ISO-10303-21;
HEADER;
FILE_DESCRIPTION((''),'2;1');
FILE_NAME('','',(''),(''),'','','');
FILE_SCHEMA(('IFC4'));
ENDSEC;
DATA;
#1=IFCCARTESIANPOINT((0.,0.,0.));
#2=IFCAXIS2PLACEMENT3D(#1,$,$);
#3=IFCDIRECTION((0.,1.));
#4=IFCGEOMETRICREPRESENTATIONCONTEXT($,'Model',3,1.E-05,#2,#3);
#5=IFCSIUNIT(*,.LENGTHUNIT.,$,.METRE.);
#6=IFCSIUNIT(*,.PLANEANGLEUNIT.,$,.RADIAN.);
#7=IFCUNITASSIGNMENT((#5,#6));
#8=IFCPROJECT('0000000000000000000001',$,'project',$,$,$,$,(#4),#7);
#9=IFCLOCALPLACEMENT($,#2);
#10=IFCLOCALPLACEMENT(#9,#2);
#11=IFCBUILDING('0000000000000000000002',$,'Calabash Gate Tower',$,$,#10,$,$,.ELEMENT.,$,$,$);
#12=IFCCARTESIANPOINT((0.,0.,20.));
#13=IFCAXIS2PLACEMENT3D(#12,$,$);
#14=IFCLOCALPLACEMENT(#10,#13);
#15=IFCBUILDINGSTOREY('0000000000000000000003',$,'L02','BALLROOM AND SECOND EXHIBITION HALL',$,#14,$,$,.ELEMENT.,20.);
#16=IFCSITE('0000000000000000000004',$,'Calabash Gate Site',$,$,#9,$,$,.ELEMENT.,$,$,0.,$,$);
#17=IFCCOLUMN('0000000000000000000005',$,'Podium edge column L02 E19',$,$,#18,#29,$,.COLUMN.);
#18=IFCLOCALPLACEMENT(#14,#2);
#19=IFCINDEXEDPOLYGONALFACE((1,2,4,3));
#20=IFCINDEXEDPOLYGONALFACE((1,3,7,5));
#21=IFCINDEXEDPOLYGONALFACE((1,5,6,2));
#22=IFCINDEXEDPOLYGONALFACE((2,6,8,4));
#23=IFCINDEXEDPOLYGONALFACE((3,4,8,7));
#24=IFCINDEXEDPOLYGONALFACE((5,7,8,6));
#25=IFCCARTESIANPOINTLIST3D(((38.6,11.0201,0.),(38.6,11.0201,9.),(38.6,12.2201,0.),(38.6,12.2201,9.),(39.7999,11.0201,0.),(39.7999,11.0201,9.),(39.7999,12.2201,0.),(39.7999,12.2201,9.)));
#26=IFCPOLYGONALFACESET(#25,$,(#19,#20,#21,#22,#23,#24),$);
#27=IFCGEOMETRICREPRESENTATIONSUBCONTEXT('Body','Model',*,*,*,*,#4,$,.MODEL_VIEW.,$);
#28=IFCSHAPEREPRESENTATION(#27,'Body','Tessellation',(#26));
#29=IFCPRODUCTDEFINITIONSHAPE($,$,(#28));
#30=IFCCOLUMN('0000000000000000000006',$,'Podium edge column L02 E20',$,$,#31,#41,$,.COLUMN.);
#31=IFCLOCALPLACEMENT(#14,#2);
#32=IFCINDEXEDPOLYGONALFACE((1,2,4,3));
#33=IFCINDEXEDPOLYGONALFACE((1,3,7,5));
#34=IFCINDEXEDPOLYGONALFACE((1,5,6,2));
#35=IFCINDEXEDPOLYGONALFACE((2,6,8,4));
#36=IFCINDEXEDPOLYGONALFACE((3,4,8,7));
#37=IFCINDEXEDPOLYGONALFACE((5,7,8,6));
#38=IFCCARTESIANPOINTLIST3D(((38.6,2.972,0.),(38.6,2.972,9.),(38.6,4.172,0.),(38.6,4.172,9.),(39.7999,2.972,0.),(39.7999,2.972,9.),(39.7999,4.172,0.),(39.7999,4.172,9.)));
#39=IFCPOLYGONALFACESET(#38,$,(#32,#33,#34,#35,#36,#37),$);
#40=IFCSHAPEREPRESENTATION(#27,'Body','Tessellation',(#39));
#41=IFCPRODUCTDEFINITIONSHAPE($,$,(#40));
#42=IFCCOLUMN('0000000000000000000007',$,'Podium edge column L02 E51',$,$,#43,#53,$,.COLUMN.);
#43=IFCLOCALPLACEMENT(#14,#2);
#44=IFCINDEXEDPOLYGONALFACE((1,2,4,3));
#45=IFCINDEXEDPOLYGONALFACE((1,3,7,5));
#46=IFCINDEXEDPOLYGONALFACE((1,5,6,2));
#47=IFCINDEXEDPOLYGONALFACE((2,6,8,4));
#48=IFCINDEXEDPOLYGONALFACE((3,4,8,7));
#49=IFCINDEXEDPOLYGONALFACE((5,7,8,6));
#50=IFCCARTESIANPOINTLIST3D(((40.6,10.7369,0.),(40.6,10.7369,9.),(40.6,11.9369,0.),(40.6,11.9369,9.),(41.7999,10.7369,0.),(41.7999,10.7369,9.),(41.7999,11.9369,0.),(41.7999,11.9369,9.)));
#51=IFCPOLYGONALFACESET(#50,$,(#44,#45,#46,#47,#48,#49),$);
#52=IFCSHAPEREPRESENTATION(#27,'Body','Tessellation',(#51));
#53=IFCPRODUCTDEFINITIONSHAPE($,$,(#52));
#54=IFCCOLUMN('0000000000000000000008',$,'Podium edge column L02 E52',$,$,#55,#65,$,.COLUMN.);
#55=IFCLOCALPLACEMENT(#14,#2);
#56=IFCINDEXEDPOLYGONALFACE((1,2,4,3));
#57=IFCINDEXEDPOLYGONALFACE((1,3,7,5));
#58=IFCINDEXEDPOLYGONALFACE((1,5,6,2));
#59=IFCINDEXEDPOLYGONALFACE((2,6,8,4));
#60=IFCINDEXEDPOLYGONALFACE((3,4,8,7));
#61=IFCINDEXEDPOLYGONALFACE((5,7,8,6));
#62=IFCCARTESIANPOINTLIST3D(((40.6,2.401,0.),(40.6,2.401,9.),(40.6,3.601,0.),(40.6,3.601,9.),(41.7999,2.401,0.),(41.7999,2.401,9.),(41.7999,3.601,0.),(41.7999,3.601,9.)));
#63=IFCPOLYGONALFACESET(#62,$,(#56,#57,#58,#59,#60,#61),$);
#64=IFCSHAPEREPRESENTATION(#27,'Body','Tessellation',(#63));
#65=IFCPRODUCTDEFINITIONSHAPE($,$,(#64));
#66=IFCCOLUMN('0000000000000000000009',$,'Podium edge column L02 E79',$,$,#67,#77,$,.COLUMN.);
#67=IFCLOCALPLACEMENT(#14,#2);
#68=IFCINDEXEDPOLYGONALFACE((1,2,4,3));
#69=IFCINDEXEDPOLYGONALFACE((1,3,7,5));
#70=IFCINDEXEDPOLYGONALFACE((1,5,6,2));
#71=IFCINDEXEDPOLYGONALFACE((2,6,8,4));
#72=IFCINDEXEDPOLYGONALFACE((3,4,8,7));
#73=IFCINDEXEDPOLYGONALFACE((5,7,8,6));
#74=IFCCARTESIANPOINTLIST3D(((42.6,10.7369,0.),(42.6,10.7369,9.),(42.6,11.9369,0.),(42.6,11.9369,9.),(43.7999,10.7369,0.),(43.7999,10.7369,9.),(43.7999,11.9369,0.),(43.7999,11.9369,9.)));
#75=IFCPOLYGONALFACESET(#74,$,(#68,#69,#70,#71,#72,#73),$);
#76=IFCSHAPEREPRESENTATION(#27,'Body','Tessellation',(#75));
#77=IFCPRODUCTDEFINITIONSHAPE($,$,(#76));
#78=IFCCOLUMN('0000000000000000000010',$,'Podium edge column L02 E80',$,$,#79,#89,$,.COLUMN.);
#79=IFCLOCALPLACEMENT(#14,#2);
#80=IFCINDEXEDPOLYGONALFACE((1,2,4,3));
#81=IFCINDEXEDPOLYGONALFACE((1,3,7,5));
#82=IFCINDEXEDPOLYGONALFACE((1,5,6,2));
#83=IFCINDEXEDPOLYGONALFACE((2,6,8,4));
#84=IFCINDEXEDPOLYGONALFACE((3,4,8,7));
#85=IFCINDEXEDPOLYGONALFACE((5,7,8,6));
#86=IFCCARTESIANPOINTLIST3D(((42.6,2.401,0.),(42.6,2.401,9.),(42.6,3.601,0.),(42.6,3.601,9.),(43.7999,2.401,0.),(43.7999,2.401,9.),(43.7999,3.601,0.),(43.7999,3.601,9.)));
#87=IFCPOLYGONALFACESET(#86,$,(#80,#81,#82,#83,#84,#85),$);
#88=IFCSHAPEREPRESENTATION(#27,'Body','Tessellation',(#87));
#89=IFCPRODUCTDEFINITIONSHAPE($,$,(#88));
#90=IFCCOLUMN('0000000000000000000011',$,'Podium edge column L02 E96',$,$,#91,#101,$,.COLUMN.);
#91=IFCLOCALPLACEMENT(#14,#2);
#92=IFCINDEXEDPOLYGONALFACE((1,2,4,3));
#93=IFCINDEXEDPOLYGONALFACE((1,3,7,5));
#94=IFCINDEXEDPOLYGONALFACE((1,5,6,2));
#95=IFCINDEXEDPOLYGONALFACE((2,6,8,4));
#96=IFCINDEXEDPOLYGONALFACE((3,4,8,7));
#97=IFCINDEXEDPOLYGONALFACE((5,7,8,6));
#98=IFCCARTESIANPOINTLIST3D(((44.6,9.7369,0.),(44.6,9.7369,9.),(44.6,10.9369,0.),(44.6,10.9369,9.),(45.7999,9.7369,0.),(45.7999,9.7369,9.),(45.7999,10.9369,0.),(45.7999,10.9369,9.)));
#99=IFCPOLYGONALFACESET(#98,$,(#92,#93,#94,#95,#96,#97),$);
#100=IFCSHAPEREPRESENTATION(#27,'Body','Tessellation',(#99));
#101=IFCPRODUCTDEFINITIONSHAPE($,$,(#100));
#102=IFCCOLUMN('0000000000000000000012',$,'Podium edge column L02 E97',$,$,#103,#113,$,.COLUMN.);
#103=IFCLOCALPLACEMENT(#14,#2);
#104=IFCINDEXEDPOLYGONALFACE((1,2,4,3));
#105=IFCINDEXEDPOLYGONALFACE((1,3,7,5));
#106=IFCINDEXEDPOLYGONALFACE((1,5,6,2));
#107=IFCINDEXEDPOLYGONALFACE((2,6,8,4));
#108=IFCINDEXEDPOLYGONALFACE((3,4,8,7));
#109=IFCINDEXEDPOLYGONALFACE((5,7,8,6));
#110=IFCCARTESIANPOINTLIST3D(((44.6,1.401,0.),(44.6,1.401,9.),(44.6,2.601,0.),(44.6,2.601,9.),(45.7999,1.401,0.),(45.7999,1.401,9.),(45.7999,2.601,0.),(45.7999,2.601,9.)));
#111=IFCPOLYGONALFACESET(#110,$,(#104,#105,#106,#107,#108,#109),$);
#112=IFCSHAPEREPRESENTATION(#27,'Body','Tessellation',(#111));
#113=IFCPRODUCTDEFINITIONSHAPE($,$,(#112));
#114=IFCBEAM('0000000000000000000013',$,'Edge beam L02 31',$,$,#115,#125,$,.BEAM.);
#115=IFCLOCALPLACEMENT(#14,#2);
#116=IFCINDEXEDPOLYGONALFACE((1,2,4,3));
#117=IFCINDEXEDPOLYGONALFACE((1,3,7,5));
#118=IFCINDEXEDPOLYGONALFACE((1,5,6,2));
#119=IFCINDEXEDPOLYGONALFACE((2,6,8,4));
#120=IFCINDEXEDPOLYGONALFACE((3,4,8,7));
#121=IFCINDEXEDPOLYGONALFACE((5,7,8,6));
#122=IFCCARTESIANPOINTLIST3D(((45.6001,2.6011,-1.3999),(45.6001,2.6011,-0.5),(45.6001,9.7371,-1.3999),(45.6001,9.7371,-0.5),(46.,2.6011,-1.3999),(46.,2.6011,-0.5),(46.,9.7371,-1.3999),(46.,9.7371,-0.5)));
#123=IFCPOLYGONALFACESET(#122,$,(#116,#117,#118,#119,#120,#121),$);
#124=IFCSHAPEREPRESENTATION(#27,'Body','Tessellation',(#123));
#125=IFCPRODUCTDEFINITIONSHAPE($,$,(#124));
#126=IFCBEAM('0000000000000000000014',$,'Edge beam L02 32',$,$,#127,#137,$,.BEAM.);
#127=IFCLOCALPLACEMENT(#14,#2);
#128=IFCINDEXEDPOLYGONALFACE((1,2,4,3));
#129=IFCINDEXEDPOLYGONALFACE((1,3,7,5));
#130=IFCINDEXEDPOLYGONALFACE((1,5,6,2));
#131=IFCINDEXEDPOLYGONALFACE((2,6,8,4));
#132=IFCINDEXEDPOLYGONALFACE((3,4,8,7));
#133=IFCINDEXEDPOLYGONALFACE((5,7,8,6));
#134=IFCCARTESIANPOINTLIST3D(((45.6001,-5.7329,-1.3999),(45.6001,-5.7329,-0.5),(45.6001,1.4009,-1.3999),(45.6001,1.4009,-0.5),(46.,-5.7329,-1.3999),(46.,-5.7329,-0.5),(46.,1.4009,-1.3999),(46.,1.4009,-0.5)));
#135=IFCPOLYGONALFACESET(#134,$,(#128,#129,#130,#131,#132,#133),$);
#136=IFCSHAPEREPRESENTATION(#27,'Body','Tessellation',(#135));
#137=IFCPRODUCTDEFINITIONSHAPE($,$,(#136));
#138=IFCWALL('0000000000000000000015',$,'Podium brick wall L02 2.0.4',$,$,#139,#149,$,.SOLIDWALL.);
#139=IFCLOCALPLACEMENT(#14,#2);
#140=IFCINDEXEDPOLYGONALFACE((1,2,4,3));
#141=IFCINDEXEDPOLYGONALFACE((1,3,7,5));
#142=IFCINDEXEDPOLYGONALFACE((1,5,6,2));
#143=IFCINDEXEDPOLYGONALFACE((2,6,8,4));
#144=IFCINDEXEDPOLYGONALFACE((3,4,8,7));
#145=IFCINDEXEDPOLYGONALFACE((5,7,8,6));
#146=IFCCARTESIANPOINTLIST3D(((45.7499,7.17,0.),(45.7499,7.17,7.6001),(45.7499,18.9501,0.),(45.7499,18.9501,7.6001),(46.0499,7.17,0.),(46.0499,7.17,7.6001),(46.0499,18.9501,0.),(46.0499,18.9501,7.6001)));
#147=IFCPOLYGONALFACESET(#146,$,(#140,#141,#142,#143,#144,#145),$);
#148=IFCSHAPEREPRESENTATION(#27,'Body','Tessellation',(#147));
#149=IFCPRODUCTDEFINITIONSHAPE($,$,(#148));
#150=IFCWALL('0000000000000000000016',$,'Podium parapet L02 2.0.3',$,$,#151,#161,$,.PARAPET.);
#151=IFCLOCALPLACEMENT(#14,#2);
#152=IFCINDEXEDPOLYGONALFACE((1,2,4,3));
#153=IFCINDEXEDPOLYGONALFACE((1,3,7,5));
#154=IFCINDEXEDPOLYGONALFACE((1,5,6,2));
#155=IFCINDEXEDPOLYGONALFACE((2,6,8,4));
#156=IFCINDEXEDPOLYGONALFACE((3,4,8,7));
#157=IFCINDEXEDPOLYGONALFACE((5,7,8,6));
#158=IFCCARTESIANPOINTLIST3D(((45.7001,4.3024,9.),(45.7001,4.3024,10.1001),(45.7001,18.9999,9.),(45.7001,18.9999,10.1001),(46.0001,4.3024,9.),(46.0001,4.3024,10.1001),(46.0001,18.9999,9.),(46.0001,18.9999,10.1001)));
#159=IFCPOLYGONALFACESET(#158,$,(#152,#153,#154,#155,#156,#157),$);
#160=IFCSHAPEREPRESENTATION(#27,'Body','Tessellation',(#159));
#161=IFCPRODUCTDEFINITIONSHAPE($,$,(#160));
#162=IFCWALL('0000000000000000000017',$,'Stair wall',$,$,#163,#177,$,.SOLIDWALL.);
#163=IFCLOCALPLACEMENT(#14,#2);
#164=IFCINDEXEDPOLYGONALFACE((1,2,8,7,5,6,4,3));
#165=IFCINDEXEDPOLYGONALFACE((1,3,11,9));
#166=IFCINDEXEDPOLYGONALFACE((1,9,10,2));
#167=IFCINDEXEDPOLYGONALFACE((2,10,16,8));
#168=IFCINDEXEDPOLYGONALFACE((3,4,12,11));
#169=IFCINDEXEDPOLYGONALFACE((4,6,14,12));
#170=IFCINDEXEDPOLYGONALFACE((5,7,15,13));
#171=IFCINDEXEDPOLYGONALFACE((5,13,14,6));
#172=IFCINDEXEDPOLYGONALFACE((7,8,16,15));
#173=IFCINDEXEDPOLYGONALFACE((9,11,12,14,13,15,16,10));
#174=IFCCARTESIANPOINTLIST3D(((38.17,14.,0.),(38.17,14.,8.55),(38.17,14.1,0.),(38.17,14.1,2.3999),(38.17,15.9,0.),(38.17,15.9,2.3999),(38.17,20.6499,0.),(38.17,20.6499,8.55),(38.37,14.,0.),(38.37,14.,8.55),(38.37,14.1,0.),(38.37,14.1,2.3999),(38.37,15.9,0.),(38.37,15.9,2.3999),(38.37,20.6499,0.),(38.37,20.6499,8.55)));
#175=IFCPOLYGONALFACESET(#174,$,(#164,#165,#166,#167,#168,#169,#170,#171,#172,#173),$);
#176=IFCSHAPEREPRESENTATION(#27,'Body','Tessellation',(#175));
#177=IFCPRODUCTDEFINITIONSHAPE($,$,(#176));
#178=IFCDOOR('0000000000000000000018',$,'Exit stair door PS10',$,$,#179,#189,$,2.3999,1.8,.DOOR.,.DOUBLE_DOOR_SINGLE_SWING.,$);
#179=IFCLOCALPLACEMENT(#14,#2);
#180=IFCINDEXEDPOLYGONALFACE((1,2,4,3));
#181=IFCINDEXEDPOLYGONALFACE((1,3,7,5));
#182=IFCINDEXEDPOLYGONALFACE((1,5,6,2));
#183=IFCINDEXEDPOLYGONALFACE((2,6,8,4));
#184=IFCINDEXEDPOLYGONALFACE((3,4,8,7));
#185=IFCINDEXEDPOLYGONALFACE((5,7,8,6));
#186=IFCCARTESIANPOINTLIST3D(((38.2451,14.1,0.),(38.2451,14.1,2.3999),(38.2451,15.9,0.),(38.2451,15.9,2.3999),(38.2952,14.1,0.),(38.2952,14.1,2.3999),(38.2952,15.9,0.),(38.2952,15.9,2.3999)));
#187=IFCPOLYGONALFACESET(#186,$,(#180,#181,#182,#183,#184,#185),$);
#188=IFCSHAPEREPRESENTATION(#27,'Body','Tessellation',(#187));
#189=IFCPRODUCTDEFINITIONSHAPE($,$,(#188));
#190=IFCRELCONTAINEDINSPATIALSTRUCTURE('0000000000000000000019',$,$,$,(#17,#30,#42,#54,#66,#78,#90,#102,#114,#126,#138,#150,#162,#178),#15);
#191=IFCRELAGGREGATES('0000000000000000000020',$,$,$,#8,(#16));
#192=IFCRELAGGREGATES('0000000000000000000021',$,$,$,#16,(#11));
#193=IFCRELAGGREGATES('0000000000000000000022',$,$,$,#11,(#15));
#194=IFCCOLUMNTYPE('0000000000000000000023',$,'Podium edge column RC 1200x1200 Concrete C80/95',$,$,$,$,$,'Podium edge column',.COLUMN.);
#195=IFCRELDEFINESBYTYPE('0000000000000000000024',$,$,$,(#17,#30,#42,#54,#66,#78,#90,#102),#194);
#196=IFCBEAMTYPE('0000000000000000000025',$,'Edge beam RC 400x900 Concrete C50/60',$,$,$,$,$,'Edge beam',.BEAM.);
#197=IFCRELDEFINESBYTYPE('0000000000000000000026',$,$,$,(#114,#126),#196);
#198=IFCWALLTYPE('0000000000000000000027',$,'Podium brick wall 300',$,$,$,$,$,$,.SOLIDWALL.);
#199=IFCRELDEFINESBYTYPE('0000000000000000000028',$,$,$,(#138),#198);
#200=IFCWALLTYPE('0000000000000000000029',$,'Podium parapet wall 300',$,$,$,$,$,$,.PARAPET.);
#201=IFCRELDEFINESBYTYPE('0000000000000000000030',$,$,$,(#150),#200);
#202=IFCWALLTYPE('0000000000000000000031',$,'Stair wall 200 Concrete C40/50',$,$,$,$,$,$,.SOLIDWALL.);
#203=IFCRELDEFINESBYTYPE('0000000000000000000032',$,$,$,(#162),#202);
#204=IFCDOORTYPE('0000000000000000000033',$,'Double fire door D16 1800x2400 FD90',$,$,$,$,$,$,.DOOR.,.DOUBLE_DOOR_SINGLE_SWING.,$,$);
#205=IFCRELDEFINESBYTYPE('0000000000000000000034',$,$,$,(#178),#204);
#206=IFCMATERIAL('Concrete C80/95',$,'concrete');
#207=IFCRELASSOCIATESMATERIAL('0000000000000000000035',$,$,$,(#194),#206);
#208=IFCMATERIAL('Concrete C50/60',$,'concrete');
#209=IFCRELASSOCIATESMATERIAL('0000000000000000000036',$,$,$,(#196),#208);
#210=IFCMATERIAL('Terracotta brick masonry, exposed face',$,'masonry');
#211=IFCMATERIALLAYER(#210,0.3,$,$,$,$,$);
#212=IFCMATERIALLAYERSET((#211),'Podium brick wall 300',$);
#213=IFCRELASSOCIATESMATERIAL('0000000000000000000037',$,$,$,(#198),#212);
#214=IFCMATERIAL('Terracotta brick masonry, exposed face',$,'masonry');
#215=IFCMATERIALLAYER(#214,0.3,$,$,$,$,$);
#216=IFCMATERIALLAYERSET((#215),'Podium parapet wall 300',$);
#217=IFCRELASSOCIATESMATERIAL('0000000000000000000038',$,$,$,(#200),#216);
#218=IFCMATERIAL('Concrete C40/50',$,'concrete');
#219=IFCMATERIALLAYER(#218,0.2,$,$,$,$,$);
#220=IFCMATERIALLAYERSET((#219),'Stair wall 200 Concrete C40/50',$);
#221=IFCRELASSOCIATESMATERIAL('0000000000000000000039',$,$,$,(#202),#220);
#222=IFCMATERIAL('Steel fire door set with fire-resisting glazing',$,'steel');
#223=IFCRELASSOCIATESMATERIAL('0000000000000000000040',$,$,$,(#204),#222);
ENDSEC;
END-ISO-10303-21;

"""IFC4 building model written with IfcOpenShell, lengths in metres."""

from ifc_helpers import new_model, si_unit, direction, frame, frame_2d, origin, origin_2d, place, context, subcontext, project, spatial, rectangle, extrude, material, layer, layer_set, material_profile, profile_set, type_object, element, fill, save


model = new_model("IFC4")

# Units and contexts
model_context = context("Model", 3, precision=1e-05, world=origin(), true_north=direction((0.0, 1.0)))
body_context = subcontext(model_context, "Body", "Model", "MODEL_VIEW")
ifc_project = project(units=[si_unit("LENGTHUNIT", "METRE"), si_unit("PLANEANGLEUNIT", "RADIAN")], contexts=[model_context])

# Site, building, storey
site_placement = place(None, origin())
site = spatial("IfcSite", under=ifc_project, at=site_placement, Name="Calabash Gate Site", CompositionType="ELEMENT", RefElevation=0.0)
building_placement = place(site_placement, origin())
building = spatial("IfcBuilding", under=site, at=building_placement, Name="Calabash Gate Tower", CompositionType="ELEMENT")
storey_placement = place(building_placement, frame((0.0, 0.0, 20.0)))
storey = spatial("IfcBuildingStorey", under=building, at=storey_placement, Name="L02", Description="BALLROOM AND SECOND EXHIBITION HALL", CompositionType="ELEMENT", Elevation=20.0)

# Columns
ifc_material_1 = material(Name="Concrete C80/95", Category="concrete")
ifc_material_profile_1 = material_profile(ifc_material_1, rectangle(XDim=1.2, YDim=1.2, at=origin_2d()))
ifc_profile_set_1 = profile_set([ifc_material_profile_1], Name="Concrete C80/95")
column_type = type_object("IfcColumnType", Name="Podium edge column RC 1200x1200 Concrete C80/95", ElementType="Podium edge column", PredefinedType="COLUMN", material=ifc_profile_set_1)
for number, where, z_axis, x_axis, name in (
    (1, (39.2, 11.6201, 0.0), (0.0, 0.0, 1.0), (1.0, 0.0, 0.0), "Podium edge column L02 E19"),
    (2, (39.2, 3.572, 0.0), (0.0, 0.0, 1.0), (1.0, 0.0, 0.0), "Podium edge column L02 E20"),
    (3, (41.2, 11.3369, 0.0), (0.0, 0.0, 1.0), (1.0, 0.0, 0.0), "Podium edge column L02 E51"),
    (4, (41.2, 3.001, 0.0), (0.0, 0.0, 1.0), (1.0, 0.0, 0.0), "Podium edge column L02 E52"),
    (5, (43.2, 11.3369, 0.0), (0.0, 0.0, 1.0), (1.0, 0.0, 0.0), "Podium edge column L02 E79"),
    (6, (43.2, 3.001, 0.0), (0.0, 0.0, 1.0), (1.0, 0.0, 0.0), "Podium edge column L02 E80"),
    (7, (45.2, 10.3369, 0.0), (0.0, 0.0, 1.0), (1.0, 0.0, 0.0), "Podium edge column L02 E96"),
    (8, (45.2, 2.001, 0.0), (0.0, 0.0, 1.0), (1.0, 0.0, 0.0), "Podium edge column L02 E97"),
):
    element("IfcColumn", number, at=place(storey_placement, frame(where, z_axis=z_axis, x_axis=x_axis)), inside=storey, type_object=column_type, Name=name, PredefinedType="COLUMN", context=body_context, shape_type="SweptSolid", body=[
        extrude(rectangle(XDim=1.2, YDim=1.2, at=origin_2d()), origin(), (0.0, 0.0, 1.0), 9.0),
    ])

# Beams
ifc_material_2 = material(Name="Concrete C50/60", Category="concrete")
ifc_material_profile_2 = material_profile(ifc_material_2, rectangle(XDim=0.3999, YDim=0.8999, at=origin_2d()))
ifc_profile_set_2 = profile_set([ifc_material_profile_2], Name="Concrete C50/60")
beam_type = type_object("IfcBeamType", Name="Edge beam RC 400x900 Concrete C50/60", ElementType="Edge beam", PredefinedType="BEAM", material=ifc_profile_set_2)
beam_1_placement = place(storey_placement, frame((45.8, 9.7371, -0.95), z_axis=(0.0, -1.0, 0.0), x_axis=(1.0, 0.0, 0.0)))
element("IfcBeam", 9, at=beam_1_placement, inside=storey, type_object=beam_type, Name="Edge beam L02 31", PredefinedType="BEAM", context=body_context, shape_type="SweptSolid", body=[
    extrude(rectangle(XDim=0.3999, YDim=0.8999, at=origin_2d()), origin(), (0.0, 0.0, 1.0), 7.136),
])
beam_2_placement = place(storey_placement, frame((45.8, 1.4009, -0.95), z_axis=(0.0, -1.0, 0.0), x_axis=(1.0, 0.0, 0.0)))
element("IfcBeam", 10, at=beam_2_placement, inside=storey, type_object=beam_type, Name="Edge beam L02 32", PredefinedType="BEAM", context=body_context, shape_type="SweptSolid", body=[
    extrude(rectangle(XDim=0.3999, YDim=0.8999, at=origin_2d()), origin(), (0.0, 0.0, 1.0), 7.1338),
])

# Walls
ifc_material_3 = material(Name="Terracotta brick masonry, exposed face", Category="masonry")
ifc_layer_1 = layer(ifc_material_3, 0.3)
ifc_layer_set_1 = layer_set([ifc_layer_1], Name="Podium brick wall 300")
wall_type_1 = type_object("IfcWallType", Name="Podium brick wall 300", PredefinedType="SOLIDWALL", material=ifc_layer_set_1)
wall_1_placement = place(storey_placement, frame((45.8999, 7.1699, 0.0), z_axis=(0.0, 0.0, 1.0), x_axis=(0.0, 1.0, 0.0)))
element("IfcWall", 11, at=wall_1_placement, inside=storey, type_object=wall_type_1, Name="Podium brick wall L02 2.0.4", PredefinedType="SOLIDWALL", context=body_context, shape_type="SweptSolid", body=[
    extrude(rectangle(XDim=11.78, YDim=0.3, at=frame_2d((5.8901, 0.0))), origin(), (0.0, 0.0, 1.0), 7.6001),
])
ifc_material_4 = material(Name="Terracotta brick masonry, exposed face", Category="masonry")
ifc_layer_2 = layer(ifc_material_4, 0.3)
ifc_layer_set_2 = layer_set([ifc_layer_2], Name="Podium parapet wall 300")
wall_type_2 = type_object("IfcWallType", Name="Podium parapet wall 300", PredefinedType="PARAPET", material=ifc_layer_set_2)
wall_2_placement = place(storey_placement, frame((45.8501, 4.3025, 9.0), z_axis=(0.0, 0.0, 1.0), x_axis=(0.0, 1.0, 0.0)))
element("IfcWall", 12, at=wall_2_placement, inside=storey, type_object=wall_type_2, Name="Podium parapet L02 2.0.3", PredefinedType="PARAPET", context=body_context, shape_type="SweptSolid", body=[
    extrude(rectangle(XDim=14.6975, YDim=0.3, at=frame_2d((7.3486, 0.0))), origin(), (0.0, 0.0, 1.0), 1.1001),
])

# Wall, opening, door
ifc_material_5 = material(Name="Concrete C40/50", Category="concrete")
ifc_layer_3 = layer(ifc_material_5, 0.2)
ifc_layer_set_3 = layer_set([ifc_layer_3], Name="Stair wall 200 Concrete C40/50")
wall_type_3 = type_object("IfcWallType", Name="Stair wall 200 Concrete C40/50", PredefinedType="SOLIDWALL", material=ifc_layer_set_3)
wall_3_placement = place(storey_placement, frame((38.27, 14.0, 0.0), z_axis=(0.0, 0.0, 1.0), x_axis=(0.0, 1.0, 0.0)))
wall_3 = element("IfcWall", 13, at=wall_3_placement, inside=storey, type_object=wall_type_3, Name="Stair wall", PredefinedType="SOLIDWALL", context=body_context, shape_type="SweptSolid", body=[
    extrude(rectangle(XDim=6.6499, YDim=0.2, at=frame_2d((3.325, 0.0))), origin(), (0.0, 0.0, 1.0), 8.55),
])
opening_placement = place(wall_3_placement, frame((0.1001, 0.0, 0.0)))
opening = element("IfcOpeningElement", 14, at=opening_placement, cuts=wall_3, PredefinedType="OPENING", context=body_context, shape_type="SweptSolid", body=[
    extrude(rectangle(XDim=1.8, YDim=2.3999, at=frame_2d((0.8999, 1.2))), frame((0.0, 0.1099, 0.0), z_axis=(0.0, -1.0, 0.0), x_axis=(1.0, 0.0, 0.0)), (0.0, 0.0, 1.0), 0.22),
])
ifc_material_6 = material(Name="Steel fire door set with fire-resisting glazing", Category="steel")
door_type = type_object("IfcDoorType", Name="Double fire door D16 1800x2400 FD90", OperationType="DOUBLE_DOOR_SINGLE_SWING", PredefinedType="DOOR", material=ifc_material_6)
door_placement = place(opening_placement, origin())
door = element("IfcDoor", 15, at=door_placement, inside=storey, type_object=door_type, Name="Exit stair door PS10", OperationType="DOUBLE_DOOR_SINGLE_SWING", OverallHeight=2.3999, OverallWidth=1.8, PredefinedType="DOOR", context=body_context, shape_type="SweptSolid", body=[
    extrude(rectangle(XDim=1.8, YDim=2.3999, at=frame_2d((0.8999, 1.2))), frame((0.0, 0.0249, 0.0), z_axis=(0.0, -1.0, 0.0), x_axis=(1.0, 0.0, 0.0)), (0.0, 0.0, 1.0), 0.05),
])
fill(opening, door)

save(model, "model.ifc")
